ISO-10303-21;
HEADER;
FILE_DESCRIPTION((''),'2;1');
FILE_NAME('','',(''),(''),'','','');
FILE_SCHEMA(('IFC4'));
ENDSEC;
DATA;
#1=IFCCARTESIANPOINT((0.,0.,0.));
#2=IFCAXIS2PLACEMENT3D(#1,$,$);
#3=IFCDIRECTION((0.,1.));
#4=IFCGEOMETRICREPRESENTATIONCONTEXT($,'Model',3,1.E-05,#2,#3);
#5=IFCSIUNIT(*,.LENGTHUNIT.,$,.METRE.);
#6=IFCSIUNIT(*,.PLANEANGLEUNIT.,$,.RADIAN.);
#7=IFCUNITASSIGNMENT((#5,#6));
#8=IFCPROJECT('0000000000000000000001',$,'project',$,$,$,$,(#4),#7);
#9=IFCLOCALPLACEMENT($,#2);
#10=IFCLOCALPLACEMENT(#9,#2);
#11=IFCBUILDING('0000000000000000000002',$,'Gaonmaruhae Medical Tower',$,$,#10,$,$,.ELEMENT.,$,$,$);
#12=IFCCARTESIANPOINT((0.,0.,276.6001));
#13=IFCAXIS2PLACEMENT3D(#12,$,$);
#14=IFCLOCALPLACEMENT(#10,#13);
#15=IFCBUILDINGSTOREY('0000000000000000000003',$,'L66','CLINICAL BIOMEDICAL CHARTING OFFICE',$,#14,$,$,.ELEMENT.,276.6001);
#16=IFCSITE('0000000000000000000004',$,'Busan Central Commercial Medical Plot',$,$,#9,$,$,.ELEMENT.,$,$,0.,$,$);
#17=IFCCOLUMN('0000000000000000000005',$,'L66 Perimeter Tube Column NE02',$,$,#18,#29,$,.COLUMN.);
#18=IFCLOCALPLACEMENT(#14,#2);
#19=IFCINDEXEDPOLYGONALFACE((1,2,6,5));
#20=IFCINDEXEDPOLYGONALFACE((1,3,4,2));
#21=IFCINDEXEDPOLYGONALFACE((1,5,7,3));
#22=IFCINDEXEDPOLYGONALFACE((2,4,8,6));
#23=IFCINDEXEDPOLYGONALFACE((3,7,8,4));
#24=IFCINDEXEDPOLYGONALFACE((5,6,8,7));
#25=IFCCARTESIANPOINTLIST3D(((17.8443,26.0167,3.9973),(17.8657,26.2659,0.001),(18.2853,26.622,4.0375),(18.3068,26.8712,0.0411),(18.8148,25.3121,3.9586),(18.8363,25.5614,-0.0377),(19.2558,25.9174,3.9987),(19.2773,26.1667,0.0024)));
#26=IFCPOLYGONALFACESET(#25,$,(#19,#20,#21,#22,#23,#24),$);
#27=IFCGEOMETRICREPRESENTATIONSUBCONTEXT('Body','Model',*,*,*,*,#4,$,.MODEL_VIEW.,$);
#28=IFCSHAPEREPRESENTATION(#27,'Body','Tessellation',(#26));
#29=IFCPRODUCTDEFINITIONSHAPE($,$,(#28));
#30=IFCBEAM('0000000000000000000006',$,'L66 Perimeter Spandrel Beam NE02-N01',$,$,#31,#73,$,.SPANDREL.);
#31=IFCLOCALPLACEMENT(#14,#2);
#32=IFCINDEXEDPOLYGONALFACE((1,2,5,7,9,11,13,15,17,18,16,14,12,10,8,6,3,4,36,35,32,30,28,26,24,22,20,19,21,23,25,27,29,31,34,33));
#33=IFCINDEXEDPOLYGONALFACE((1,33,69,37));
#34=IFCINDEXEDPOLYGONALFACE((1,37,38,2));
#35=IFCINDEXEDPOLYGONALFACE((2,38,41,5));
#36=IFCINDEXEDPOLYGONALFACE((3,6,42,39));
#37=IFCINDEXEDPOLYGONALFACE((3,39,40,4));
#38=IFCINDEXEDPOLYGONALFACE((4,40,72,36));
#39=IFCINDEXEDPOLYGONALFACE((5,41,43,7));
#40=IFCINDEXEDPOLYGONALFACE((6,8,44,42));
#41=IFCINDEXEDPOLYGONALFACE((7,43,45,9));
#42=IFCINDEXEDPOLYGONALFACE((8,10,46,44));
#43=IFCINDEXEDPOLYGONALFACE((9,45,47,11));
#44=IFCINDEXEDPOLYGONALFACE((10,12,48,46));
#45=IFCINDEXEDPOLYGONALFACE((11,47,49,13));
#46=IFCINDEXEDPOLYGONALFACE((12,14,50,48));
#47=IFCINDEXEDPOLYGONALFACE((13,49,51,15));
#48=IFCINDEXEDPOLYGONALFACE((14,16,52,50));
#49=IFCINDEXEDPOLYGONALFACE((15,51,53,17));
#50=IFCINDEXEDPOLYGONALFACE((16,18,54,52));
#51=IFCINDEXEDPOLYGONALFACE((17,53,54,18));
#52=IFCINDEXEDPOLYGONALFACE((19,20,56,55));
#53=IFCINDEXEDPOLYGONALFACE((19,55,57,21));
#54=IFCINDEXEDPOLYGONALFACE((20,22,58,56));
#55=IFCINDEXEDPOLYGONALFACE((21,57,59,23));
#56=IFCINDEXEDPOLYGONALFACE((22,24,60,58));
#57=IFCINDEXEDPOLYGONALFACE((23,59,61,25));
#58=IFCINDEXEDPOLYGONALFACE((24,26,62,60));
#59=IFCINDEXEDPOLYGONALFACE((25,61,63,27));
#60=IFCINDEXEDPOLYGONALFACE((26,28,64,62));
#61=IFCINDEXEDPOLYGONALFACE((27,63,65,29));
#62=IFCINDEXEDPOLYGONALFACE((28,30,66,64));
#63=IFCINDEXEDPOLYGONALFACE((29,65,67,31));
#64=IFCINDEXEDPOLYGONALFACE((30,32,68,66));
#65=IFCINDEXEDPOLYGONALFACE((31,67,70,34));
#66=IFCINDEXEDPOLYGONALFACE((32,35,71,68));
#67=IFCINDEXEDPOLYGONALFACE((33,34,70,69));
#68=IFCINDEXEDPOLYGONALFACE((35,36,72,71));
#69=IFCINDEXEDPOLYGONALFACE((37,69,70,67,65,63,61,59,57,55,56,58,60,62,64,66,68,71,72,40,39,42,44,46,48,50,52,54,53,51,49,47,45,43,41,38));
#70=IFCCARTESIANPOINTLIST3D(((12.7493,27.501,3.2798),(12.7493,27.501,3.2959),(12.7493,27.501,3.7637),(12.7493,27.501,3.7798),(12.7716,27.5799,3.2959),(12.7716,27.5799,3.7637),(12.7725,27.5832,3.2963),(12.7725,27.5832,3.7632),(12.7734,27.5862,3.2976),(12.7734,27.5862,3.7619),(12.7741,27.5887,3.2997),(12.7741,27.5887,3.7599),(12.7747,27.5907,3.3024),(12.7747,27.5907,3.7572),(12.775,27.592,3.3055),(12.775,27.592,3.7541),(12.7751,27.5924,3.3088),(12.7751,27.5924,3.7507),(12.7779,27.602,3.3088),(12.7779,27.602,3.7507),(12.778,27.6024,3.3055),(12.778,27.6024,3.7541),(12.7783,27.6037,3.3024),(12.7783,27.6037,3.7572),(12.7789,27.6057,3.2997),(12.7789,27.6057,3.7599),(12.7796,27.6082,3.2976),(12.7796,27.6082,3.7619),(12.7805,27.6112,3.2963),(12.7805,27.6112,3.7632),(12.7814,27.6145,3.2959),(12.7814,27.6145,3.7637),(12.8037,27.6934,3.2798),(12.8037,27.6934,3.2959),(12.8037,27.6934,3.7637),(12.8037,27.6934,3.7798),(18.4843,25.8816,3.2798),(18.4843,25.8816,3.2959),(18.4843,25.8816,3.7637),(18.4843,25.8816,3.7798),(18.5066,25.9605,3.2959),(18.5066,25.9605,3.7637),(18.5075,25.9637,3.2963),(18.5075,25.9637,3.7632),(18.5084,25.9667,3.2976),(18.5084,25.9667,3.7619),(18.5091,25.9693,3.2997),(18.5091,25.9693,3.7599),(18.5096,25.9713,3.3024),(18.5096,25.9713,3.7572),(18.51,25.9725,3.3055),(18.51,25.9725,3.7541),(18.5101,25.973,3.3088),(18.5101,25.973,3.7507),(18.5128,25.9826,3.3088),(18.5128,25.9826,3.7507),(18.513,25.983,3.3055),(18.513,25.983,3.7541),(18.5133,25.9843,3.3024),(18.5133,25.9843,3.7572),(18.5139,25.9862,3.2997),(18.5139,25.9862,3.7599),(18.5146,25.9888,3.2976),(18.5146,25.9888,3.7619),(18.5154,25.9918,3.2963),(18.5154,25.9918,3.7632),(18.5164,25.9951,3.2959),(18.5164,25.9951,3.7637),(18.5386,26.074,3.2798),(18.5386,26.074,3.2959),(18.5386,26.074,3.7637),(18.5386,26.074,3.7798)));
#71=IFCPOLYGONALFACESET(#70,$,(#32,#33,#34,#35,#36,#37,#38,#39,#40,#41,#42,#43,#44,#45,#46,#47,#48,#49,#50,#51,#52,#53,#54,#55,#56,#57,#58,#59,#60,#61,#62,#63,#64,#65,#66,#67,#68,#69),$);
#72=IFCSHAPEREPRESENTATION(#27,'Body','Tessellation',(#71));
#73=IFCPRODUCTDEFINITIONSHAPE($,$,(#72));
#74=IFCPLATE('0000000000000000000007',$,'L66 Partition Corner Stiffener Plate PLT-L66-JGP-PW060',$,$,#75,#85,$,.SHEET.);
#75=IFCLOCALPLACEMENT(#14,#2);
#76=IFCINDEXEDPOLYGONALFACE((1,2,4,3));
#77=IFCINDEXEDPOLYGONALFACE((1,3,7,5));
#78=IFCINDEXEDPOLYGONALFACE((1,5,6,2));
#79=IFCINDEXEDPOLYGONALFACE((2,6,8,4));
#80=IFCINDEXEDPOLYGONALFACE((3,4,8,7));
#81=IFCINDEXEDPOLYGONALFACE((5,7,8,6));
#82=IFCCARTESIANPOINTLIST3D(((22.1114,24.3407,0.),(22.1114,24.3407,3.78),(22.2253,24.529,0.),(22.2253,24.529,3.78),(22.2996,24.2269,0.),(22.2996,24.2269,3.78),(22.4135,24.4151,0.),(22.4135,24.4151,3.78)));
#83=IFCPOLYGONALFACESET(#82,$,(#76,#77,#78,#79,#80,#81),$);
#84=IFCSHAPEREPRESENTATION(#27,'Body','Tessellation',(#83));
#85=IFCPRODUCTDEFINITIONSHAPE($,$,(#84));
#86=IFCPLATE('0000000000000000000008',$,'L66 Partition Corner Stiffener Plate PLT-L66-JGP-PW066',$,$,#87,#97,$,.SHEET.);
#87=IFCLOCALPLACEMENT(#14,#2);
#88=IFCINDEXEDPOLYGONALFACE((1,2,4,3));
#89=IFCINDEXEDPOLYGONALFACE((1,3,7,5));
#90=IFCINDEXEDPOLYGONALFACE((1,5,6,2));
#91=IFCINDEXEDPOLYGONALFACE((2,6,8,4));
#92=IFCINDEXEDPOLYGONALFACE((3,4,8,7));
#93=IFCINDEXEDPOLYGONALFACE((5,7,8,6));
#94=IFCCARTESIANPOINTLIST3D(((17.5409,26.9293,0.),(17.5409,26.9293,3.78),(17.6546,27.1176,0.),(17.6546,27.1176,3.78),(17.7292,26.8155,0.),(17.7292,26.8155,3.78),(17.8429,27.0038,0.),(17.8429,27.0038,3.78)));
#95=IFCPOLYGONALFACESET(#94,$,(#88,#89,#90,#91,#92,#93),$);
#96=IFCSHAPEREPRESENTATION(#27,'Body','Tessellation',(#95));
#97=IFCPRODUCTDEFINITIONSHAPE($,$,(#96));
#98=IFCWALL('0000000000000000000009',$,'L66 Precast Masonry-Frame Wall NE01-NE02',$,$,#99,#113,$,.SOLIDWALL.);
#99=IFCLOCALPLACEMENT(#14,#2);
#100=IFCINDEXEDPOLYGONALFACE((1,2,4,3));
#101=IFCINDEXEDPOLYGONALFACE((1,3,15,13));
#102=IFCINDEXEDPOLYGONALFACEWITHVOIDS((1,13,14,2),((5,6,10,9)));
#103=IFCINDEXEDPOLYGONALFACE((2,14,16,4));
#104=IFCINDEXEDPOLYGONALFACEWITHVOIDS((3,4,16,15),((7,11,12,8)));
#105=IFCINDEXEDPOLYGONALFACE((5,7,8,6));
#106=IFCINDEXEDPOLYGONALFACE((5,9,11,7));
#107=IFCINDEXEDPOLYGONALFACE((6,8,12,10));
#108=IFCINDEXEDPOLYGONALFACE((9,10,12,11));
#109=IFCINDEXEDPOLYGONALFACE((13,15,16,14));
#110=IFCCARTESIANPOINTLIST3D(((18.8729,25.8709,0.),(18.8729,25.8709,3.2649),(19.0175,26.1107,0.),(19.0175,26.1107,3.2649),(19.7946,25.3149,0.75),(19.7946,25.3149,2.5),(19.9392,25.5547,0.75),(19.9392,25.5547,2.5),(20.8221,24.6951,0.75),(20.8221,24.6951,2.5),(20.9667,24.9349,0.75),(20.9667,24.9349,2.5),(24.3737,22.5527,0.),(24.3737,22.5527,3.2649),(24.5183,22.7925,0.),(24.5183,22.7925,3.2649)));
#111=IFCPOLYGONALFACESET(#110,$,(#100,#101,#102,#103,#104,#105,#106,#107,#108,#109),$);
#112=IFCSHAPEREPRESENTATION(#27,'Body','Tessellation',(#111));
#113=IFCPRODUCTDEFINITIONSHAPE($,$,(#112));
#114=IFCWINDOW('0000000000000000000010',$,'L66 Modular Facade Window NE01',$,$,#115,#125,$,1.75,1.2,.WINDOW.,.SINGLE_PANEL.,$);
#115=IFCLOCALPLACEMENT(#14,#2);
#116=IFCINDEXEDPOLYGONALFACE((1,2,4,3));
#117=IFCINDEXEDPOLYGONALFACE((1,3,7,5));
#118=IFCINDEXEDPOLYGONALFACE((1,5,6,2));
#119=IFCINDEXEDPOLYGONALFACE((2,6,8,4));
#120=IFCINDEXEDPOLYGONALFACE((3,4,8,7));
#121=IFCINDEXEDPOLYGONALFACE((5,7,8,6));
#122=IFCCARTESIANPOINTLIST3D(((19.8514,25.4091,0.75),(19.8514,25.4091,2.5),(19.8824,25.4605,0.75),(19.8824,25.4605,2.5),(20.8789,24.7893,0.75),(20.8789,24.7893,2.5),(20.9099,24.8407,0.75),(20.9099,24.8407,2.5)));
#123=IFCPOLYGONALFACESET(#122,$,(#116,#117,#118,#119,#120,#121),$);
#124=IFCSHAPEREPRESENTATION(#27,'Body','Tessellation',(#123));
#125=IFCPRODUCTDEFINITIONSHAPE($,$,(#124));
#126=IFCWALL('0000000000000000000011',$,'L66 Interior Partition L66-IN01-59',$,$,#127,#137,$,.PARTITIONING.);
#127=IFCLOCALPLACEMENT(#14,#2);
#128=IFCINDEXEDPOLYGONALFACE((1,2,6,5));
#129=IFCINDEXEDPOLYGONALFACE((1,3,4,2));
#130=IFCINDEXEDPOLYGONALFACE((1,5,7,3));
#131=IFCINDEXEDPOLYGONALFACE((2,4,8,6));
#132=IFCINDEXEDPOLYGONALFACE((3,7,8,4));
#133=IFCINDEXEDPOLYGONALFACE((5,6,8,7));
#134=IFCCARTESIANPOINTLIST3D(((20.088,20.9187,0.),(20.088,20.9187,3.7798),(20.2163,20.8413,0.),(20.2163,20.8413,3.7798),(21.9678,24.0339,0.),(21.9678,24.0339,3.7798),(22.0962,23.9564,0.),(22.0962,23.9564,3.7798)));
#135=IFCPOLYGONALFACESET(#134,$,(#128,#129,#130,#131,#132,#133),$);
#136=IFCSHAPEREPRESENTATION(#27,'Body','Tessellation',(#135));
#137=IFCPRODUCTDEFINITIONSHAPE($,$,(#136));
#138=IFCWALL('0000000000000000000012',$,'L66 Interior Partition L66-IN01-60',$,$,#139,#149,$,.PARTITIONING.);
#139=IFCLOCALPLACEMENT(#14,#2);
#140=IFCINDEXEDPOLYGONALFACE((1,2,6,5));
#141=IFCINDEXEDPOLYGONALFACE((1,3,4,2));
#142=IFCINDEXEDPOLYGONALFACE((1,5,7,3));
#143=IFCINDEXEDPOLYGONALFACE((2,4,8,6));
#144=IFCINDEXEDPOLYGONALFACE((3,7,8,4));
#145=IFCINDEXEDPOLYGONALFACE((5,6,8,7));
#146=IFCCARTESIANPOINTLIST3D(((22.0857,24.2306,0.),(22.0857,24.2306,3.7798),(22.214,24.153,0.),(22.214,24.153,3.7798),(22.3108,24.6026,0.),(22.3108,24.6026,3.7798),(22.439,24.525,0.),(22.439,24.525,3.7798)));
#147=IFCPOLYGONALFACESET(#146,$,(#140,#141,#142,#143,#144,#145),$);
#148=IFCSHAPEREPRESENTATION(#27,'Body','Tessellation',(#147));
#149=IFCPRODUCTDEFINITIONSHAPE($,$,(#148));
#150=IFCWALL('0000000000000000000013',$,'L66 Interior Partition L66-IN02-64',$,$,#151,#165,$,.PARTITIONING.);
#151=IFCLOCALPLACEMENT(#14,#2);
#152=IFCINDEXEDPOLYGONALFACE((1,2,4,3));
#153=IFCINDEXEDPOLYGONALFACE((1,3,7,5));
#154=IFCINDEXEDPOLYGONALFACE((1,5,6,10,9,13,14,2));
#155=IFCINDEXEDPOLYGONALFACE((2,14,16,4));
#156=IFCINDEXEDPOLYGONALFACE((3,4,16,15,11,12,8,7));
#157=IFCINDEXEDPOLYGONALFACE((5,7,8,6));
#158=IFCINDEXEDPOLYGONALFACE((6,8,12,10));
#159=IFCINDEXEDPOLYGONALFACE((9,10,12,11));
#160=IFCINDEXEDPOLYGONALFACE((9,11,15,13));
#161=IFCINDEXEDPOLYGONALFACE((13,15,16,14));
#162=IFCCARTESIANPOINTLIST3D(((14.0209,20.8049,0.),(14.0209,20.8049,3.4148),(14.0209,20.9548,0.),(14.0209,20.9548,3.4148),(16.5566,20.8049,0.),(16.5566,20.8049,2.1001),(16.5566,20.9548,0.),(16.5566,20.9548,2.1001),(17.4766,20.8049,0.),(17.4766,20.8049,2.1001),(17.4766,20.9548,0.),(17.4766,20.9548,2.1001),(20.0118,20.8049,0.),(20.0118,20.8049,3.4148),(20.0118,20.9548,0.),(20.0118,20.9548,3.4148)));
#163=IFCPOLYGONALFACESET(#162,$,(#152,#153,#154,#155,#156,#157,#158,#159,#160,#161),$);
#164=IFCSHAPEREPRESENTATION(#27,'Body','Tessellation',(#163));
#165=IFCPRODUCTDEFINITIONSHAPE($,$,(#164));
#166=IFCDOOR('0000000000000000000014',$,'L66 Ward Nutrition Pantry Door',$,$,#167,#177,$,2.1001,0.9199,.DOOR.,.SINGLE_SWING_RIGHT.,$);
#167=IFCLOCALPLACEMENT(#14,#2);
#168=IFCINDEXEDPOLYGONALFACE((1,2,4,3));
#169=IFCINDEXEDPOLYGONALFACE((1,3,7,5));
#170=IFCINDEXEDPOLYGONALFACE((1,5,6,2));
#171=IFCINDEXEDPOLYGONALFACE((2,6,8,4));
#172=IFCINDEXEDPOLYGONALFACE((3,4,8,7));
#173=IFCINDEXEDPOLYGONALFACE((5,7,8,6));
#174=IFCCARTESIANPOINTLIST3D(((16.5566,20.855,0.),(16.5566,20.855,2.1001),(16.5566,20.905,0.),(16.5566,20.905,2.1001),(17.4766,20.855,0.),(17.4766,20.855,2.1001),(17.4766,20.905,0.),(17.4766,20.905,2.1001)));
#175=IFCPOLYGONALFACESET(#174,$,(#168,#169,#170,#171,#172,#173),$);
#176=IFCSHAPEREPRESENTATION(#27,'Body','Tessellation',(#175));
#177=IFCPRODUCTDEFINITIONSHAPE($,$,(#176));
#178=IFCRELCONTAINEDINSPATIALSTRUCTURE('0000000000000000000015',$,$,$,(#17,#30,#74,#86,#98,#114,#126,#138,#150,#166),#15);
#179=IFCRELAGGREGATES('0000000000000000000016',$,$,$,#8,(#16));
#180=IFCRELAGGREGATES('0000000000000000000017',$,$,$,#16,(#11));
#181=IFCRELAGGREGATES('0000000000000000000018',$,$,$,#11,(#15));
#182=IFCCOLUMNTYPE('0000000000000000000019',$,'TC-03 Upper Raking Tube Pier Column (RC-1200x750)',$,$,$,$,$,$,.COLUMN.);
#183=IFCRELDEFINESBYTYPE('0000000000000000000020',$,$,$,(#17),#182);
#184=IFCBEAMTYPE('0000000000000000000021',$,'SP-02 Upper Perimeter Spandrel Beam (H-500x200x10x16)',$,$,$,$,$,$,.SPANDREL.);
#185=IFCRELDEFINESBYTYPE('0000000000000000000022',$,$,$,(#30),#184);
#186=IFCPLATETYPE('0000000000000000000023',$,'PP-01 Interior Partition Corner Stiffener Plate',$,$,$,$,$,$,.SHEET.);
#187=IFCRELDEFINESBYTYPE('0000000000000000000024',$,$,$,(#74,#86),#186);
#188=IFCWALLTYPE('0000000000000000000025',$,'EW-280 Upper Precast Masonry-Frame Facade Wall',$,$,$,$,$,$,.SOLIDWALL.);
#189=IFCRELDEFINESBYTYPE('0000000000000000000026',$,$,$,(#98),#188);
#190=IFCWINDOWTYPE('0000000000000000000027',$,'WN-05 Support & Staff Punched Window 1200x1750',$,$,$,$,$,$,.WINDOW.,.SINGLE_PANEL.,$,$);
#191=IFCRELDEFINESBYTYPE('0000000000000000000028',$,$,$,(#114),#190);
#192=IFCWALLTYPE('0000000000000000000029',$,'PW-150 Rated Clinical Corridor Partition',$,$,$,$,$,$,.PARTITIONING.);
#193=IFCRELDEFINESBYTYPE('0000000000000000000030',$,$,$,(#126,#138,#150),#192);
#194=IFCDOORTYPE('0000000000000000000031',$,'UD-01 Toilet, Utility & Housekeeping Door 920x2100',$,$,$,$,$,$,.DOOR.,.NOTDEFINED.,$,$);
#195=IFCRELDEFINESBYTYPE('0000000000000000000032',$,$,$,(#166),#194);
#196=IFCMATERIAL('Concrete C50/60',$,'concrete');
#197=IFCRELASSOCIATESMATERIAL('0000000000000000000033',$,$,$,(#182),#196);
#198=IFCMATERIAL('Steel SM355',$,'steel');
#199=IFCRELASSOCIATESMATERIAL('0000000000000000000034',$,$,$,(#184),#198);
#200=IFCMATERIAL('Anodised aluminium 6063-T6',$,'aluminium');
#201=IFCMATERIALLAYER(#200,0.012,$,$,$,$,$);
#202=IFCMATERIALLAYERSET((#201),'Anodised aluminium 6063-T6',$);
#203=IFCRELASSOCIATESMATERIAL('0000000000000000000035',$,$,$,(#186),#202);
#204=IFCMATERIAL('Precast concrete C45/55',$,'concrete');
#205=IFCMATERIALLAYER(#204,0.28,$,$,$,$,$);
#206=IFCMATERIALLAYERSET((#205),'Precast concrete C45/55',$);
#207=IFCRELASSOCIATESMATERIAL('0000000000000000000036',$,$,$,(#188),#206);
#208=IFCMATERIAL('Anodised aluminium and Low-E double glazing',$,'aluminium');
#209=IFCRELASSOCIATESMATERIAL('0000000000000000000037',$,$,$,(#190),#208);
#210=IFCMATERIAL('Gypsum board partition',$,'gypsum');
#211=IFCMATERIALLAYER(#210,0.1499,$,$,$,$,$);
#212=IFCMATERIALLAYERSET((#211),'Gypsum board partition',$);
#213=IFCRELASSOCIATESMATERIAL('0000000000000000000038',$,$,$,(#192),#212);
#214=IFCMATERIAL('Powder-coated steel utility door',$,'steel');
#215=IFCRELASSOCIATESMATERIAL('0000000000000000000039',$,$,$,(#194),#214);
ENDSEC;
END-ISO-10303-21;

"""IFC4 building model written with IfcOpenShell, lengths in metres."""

from ifc_helpers import new_model, si_unit, direction, frame, frame_2d, origin, origin_2d, place, context, subcontext, project, spatial, rectangle, i_section, extrude, material, layer, layer_set, material_profile, profile_set, type_object, element, fill, save


model = new_model("IFC4")

# Units and contexts
model_context = context("Model", 3, precision=1e-05, world=origin(), true_north=direction((0.0, 1.0)))
body_context = subcontext(model_context, "Body", "Model", "MODEL_VIEW")
ifc_project = project(units=[si_unit("LENGTHUNIT", "METRE"), si_unit("PLANEANGLEUNIT", "RADIAN")], contexts=[model_context])

# Site, building, storey
site_placement = place(None, origin())
site = spatial("IfcSite", under=ifc_project, at=site_placement, Name="Busan Central Commercial Medical Plot", CompositionType="ELEMENT", RefElevation=0.0)
building_placement = place(site_placement, origin())
building = spatial("IfcBuilding", under=site, at=building_placement, Name="Gaonmaruhae Medical Tower", CompositionType="ELEMENT")
storey_placement = place(building_placement, frame((0.0, 0.0, 276.6001)))
storey = spatial("IfcBuildingStorey", under=building, at=storey_placement, Name="L66", Description="CLINICAL BIOMEDICAL CHARTING OFFICE", CompositionType="ELEMENT", Elevation=276.6001)

# Column
ifc_material_1 = material(Name="Concrete C50/60", Category="concrete")
ifc_material_profile_1 = material_profile(ifc_material_1, rectangle(XDim=1.2, YDim=0.75, at=origin_2d()), Name="RC-1200x750")
ifc_profile_set_1 = profile_set([ifc_material_profile_1], Name="Concrete C50/60")
column_type = type_object("IfcColumnType", Name="TC-03 Upper Raking Tube Pier Column (RC-1200x750)", PredefinedType="COLUMN", material=ifc_profile_set_1)
column_placement = place(storey_placement, frame((18.5715, 26.2163, 0.0017), z_axis=(-0.005366, -0.062252, 0.998046), x_axis=(-0.808835, 0.587149, 0.032275)))
element("IfcColumn", 1, at=column_placement, inside=storey, type_object=column_type, Name="L66 Perimeter Tube Column NE02", PredefinedType="COLUMN", context=body_context, shape_type="SweptSolid", body=[
    extrude(rectangle(XDim=1.2, YDim=0.75, at=origin_2d()), origin(), (0.0, 0.0, 1.0), 4.0042),
])

# Beam
ifc_material_2 = material(Name="Steel SM355", Category="steel")
ifc_material_profile_2 = material_profile(ifc_material_2, i_section(OverallWidth=0.2, OverallDepth=0.5, WebThickness=0.01, FlangeThickness=0.0161, FilletRadius=0.0129, at=origin_2d()), Name="H-500x200x10x16")
ifc_profile_set_2 = profile_set([ifc_material_profile_2], Name="Steel SM355")
beam_type = type_object("IfcBeamType", Name="SP-02 Upper Perimeter Spandrel Beam (H-500x200x10x16)", PredefinedType="SPANDREL", material=ifc_profile_set_2)
beam_placement = place(storey_placement, frame((18.5115, 25.9778, 3.5298), z_axis=(-0.962368, 0.271749, 0.0), x_axis=(-0.271749, -0.962368, 0.0)))
element("IfcBeam", 2, at=beam_placement, inside=storey, type_object=beam_type, Name="L66 Perimeter Spandrel Beam NE02-N01", PredefinedType="SPANDREL", context=body_context, shape_type="SweptSolid", body=[
    extrude(i_section(OverallWidth=0.2, OverallDepth=0.5, WebThickness=0.01, FlangeThickness=0.0161, FilletRadius=0.0129, at=origin_2d()), origin(), (0.0, 0.0, 1.0), 5.9592),
])

# Plates
ifc_material_3 = material(Name="Anodised aluminium 6063-T6", Category="aluminium")
ifc_layer_1 = layer(ifc_material_3, 0.012)
ifc_layer_set_1 = layer_set([ifc_layer_1], Name="Anodised aluminium 6063-T6")
plate_type = type_object("IfcPlateType", Name="PP-01 Interior Partition Corner Stiffener Plate", PredefinedType="SHEET", material=ifc_layer_set_1)
for number, where, z_axis, x_axis, name in (
    (3, (22.2625, 24.3779, 0.0), (0.0, 0.0, 1.0), (0.517534, 0.855662, 0.0), "L66 Partition Corner Stiffener Plate PLT-L66-JGP-PW060"),
    (4, (17.6919, 26.9666, 0.0), (0.0, 0.0, 1.0), (0.517131, 0.855906, 0.0), "L66 Partition Corner Stiffener Plate PLT-L66-JGP-PW066"),
):
    element("IfcPlate", number, at=place(storey_placement, frame(where, z_axis=z_axis, x_axis=x_axis)), inside=storey, type_object=plate_type, Name=name, PredefinedType="SHEET", context=body_context, shape_type="SweptSolid", body=[
        extrude(rectangle(XDim=0.22, YDim=0.22, at=origin_2d()), origin(), (0.0, 0.0, 1.0), 3.78),
    ])

# Wall, opening, window
ifc_material_4 = material(Name="Precast concrete C45/55", Category="concrete")
ifc_layer_2 = layer(ifc_material_4, 0.28)
ifc_layer_set_2 = layer_set([ifc_layer_2], Name="Precast concrete C45/55")
wall_type_1 = type_object("IfcWallType", Name="EW-280 Upper Precast Masonry-Frame Facade Wall", PredefinedType="SOLIDWALL", material=ifc_layer_set_2)
wall_1_placement = place(storey_placement, frame((18.9453, 25.9907, 0.0), z_axis=(0.0, 0.0, 1.0), x_axis=(0.856277, -0.516517, 0.0)))
wall_1 = element("IfcWall", 5, at=wall_1_placement, inside=storey, type_object=wall_type_1, Name="L66 Precast Masonry-Frame Wall NE01-NE02", PredefinedType="SOLIDWALL", context=body_context, shape_type="SweptSolid", body=[
    extrude(rectangle(XDim=6.4241, YDim=0.28, at=frame_2d((3.2119, 0.0))), origin(), (0.0, 0.0, 1.0), 3.2649),
])
opening_1_placement = place(wall_1_placement, frame((1.0762, 0.0, 0.75)))
opening_1 = element("IfcOpeningElement", 6, at=opening_1_placement, cuts=wall_1, PredefinedType="OPENING", context=body_context, shape_type="SweptSolid", body=[
    extrude(rectangle(XDim=1.2, YDim=1.75, at=frame_2d((0.6001, 0.875))), frame((0.0, 0.1499, 0.0), z_axis=(0.0, -1.0, 0.0), x_axis=(1.0, 0.0, 0.0)), (0.0, 0.0, 1.0), 0.3),
])
ifc_material_5 = material(Name="Anodised aluminium and Low-E double glazing", Category="aluminium")
window_type = type_object("IfcWindowType", Name="WN-05 Support & Staff Punched Window 1200x1750", PartitioningType="SINGLE_PANEL", PredefinedType="WINDOW", material=ifc_material_5)
window_placement = place(opening_1_placement, origin())
window = element("IfcWindow", 7, at=window_placement, inside=storey, type_object=window_type, Name="L66 Modular Facade Window NE01", OverallHeight=1.75, OverallWidth=1.2, PartitioningType="SINGLE_PANEL", PredefinedType="WINDOW", context=body_context, shape_type="SweptSolid", body=[
    extrude(rectangle(XDim=1.2, YDim=1.75, at=frame_2d((0.6001, 0.875))), frame((0.0, 0.03, 0.0), z_axis=(0.0, -1.0, 0.0), x_axis=(1.0, 0.0, 0.0)), (0.0, 0.0, 1.0), 0.0601),
])
fill(opening_1, window)

# Walls
ifc_material_6 = material(Name="Gypsum board partition", Category="gypsum")
ifc_layer_3 = layer(ifc_material_6, 0.1499)
ifc_layer_set_3 = layer_set([ifc_layer_3], Name="Gypsum board partition")
wall_type_2 = type_object("IfcWallType", Name="PW-150 Rated Clinical Corridor Partition", PredefinedType="PARTITIONING", material=ifc_layer_set_3)
wall_2_placement = place(storey_placement, frame((20.1521, 20.8799, 0.0), z_axis=(0.0, 0.0, 1.0), x_axis=(0.516665, 0.856188, 0.0)))
element("IfcWall", 8, at=wall_2_placement, inside=storey, type_object=wall_type_2, Name="L66 Interior Partition L66-IN01-59", PredefinedType="PARTITIONING", context=body_context, shape_type="SweptSolid", body=[
    extrude(rectangle(XDim=3.6384, YDim=0.1499, at=frame_2d((1.8193, 0.0))), origin(), (0.0, 0.0, 1.0), 3.7798),
])
wall_3_placement = place(storey_placement, frame((22.1499, 24.1919, 0.0), z_axis=(0.0, 0.0, 1.0), x_axis=(0.51763, 0.855605, 0.0)))
element("IfcWall", 9, at=wall_3_placement, inside=storey, type_object=wall_type_2, Name="L66 Interior Partition L66-IN01-60", PredefinedType="PARTITIONING", context=body_context, shape_type="SweptSolid", body=[
    extrude(rectangle(XDim=0.4348, YDim=0.1499, at=frame_2d((0.2173, 0.0))), origin(), (0.0, 0.0, 1.0), 3.7798),
])

# Wall, opening, door
wall_4_placement = place(storey_placement, frame((20.012, 20.8799, 0.0), z_axis=(0.0, 0.0, 1.0), x_axis=(-1.0, 0.0, 0.0)))
wall_4 = element("IfcWall", 10, at=wall_4_placement, inside=storey, type_object=wall_type_2, Name="L66 Interior Partition L66-IN02-64", PredefinedType="PARTITIONING", context=body_context, shape_type="SweptSolid", body=[
    extrude(rectangle(XDim=5.991, YDim=0.1499, at=frame_2d((2.9956, 0.0))), origin(), (0.0, 0.0, 1.0), 3.4148),
])
opening_2_placement = place(wall_4_placement, frame((2.5354, 0.0, 0.0)))
opening_2 = element("IfcOpeningElement", 11, at=opening_2_placement, cuts=wall_4, PredefinedType="OPENING", context=body_context, shape_type="SweptSolid", body=[
    extrude(rectangle(XDim=0.9199, YDim=2.1001, at=frame_2d((0.46, 1.05))), frame((0.0, 0.085, 0.0), z_axis=(0.0, -1.0, 0.0), x_axis=(1.0, 0.0, 0.0)), (0.0, 0.0, 1.0), 0.1699),
])
ifc_material_7 = material(Name="Powder-coated steel utility door", Category="steel")
door_type_1 = type_object("IfcDoorType", Name="UD-01 Toilet, Utility & Housekeeping Door 920x2100", OperationType="NOTDEFINED", PredefinedType="DOOR", material=ifc_material_7)
door_1_placement = place(opening_2_placement, origin())
door_1 = element("IfcDoor", 12, at=door_1_placement, inside=storey, type_object=door_type_1, Name="L66 Ward Nutrition Pantry Door", OperationType="SINGLE_SWING_RIGHT", OverallHeight=2.1001, OverallWidth=0.9199, PredefinedType="DOOR", context=body_context, shape_type="SweptSolid", body=[
    extrude(rectangle(XDim=0.9199, YDim=2.1001, at=frame_2d((0.46, 1.05))), frame((0.0, 0.0249, 0.0), z_axis=(0.0, -1.0, 0.0), x_axis=(1.0, 0.0, 0.0)), (0.0, 0.0, 1.0), 0.05),
])
fill(opening_2, door_1)

save(model, "model.ifc")
